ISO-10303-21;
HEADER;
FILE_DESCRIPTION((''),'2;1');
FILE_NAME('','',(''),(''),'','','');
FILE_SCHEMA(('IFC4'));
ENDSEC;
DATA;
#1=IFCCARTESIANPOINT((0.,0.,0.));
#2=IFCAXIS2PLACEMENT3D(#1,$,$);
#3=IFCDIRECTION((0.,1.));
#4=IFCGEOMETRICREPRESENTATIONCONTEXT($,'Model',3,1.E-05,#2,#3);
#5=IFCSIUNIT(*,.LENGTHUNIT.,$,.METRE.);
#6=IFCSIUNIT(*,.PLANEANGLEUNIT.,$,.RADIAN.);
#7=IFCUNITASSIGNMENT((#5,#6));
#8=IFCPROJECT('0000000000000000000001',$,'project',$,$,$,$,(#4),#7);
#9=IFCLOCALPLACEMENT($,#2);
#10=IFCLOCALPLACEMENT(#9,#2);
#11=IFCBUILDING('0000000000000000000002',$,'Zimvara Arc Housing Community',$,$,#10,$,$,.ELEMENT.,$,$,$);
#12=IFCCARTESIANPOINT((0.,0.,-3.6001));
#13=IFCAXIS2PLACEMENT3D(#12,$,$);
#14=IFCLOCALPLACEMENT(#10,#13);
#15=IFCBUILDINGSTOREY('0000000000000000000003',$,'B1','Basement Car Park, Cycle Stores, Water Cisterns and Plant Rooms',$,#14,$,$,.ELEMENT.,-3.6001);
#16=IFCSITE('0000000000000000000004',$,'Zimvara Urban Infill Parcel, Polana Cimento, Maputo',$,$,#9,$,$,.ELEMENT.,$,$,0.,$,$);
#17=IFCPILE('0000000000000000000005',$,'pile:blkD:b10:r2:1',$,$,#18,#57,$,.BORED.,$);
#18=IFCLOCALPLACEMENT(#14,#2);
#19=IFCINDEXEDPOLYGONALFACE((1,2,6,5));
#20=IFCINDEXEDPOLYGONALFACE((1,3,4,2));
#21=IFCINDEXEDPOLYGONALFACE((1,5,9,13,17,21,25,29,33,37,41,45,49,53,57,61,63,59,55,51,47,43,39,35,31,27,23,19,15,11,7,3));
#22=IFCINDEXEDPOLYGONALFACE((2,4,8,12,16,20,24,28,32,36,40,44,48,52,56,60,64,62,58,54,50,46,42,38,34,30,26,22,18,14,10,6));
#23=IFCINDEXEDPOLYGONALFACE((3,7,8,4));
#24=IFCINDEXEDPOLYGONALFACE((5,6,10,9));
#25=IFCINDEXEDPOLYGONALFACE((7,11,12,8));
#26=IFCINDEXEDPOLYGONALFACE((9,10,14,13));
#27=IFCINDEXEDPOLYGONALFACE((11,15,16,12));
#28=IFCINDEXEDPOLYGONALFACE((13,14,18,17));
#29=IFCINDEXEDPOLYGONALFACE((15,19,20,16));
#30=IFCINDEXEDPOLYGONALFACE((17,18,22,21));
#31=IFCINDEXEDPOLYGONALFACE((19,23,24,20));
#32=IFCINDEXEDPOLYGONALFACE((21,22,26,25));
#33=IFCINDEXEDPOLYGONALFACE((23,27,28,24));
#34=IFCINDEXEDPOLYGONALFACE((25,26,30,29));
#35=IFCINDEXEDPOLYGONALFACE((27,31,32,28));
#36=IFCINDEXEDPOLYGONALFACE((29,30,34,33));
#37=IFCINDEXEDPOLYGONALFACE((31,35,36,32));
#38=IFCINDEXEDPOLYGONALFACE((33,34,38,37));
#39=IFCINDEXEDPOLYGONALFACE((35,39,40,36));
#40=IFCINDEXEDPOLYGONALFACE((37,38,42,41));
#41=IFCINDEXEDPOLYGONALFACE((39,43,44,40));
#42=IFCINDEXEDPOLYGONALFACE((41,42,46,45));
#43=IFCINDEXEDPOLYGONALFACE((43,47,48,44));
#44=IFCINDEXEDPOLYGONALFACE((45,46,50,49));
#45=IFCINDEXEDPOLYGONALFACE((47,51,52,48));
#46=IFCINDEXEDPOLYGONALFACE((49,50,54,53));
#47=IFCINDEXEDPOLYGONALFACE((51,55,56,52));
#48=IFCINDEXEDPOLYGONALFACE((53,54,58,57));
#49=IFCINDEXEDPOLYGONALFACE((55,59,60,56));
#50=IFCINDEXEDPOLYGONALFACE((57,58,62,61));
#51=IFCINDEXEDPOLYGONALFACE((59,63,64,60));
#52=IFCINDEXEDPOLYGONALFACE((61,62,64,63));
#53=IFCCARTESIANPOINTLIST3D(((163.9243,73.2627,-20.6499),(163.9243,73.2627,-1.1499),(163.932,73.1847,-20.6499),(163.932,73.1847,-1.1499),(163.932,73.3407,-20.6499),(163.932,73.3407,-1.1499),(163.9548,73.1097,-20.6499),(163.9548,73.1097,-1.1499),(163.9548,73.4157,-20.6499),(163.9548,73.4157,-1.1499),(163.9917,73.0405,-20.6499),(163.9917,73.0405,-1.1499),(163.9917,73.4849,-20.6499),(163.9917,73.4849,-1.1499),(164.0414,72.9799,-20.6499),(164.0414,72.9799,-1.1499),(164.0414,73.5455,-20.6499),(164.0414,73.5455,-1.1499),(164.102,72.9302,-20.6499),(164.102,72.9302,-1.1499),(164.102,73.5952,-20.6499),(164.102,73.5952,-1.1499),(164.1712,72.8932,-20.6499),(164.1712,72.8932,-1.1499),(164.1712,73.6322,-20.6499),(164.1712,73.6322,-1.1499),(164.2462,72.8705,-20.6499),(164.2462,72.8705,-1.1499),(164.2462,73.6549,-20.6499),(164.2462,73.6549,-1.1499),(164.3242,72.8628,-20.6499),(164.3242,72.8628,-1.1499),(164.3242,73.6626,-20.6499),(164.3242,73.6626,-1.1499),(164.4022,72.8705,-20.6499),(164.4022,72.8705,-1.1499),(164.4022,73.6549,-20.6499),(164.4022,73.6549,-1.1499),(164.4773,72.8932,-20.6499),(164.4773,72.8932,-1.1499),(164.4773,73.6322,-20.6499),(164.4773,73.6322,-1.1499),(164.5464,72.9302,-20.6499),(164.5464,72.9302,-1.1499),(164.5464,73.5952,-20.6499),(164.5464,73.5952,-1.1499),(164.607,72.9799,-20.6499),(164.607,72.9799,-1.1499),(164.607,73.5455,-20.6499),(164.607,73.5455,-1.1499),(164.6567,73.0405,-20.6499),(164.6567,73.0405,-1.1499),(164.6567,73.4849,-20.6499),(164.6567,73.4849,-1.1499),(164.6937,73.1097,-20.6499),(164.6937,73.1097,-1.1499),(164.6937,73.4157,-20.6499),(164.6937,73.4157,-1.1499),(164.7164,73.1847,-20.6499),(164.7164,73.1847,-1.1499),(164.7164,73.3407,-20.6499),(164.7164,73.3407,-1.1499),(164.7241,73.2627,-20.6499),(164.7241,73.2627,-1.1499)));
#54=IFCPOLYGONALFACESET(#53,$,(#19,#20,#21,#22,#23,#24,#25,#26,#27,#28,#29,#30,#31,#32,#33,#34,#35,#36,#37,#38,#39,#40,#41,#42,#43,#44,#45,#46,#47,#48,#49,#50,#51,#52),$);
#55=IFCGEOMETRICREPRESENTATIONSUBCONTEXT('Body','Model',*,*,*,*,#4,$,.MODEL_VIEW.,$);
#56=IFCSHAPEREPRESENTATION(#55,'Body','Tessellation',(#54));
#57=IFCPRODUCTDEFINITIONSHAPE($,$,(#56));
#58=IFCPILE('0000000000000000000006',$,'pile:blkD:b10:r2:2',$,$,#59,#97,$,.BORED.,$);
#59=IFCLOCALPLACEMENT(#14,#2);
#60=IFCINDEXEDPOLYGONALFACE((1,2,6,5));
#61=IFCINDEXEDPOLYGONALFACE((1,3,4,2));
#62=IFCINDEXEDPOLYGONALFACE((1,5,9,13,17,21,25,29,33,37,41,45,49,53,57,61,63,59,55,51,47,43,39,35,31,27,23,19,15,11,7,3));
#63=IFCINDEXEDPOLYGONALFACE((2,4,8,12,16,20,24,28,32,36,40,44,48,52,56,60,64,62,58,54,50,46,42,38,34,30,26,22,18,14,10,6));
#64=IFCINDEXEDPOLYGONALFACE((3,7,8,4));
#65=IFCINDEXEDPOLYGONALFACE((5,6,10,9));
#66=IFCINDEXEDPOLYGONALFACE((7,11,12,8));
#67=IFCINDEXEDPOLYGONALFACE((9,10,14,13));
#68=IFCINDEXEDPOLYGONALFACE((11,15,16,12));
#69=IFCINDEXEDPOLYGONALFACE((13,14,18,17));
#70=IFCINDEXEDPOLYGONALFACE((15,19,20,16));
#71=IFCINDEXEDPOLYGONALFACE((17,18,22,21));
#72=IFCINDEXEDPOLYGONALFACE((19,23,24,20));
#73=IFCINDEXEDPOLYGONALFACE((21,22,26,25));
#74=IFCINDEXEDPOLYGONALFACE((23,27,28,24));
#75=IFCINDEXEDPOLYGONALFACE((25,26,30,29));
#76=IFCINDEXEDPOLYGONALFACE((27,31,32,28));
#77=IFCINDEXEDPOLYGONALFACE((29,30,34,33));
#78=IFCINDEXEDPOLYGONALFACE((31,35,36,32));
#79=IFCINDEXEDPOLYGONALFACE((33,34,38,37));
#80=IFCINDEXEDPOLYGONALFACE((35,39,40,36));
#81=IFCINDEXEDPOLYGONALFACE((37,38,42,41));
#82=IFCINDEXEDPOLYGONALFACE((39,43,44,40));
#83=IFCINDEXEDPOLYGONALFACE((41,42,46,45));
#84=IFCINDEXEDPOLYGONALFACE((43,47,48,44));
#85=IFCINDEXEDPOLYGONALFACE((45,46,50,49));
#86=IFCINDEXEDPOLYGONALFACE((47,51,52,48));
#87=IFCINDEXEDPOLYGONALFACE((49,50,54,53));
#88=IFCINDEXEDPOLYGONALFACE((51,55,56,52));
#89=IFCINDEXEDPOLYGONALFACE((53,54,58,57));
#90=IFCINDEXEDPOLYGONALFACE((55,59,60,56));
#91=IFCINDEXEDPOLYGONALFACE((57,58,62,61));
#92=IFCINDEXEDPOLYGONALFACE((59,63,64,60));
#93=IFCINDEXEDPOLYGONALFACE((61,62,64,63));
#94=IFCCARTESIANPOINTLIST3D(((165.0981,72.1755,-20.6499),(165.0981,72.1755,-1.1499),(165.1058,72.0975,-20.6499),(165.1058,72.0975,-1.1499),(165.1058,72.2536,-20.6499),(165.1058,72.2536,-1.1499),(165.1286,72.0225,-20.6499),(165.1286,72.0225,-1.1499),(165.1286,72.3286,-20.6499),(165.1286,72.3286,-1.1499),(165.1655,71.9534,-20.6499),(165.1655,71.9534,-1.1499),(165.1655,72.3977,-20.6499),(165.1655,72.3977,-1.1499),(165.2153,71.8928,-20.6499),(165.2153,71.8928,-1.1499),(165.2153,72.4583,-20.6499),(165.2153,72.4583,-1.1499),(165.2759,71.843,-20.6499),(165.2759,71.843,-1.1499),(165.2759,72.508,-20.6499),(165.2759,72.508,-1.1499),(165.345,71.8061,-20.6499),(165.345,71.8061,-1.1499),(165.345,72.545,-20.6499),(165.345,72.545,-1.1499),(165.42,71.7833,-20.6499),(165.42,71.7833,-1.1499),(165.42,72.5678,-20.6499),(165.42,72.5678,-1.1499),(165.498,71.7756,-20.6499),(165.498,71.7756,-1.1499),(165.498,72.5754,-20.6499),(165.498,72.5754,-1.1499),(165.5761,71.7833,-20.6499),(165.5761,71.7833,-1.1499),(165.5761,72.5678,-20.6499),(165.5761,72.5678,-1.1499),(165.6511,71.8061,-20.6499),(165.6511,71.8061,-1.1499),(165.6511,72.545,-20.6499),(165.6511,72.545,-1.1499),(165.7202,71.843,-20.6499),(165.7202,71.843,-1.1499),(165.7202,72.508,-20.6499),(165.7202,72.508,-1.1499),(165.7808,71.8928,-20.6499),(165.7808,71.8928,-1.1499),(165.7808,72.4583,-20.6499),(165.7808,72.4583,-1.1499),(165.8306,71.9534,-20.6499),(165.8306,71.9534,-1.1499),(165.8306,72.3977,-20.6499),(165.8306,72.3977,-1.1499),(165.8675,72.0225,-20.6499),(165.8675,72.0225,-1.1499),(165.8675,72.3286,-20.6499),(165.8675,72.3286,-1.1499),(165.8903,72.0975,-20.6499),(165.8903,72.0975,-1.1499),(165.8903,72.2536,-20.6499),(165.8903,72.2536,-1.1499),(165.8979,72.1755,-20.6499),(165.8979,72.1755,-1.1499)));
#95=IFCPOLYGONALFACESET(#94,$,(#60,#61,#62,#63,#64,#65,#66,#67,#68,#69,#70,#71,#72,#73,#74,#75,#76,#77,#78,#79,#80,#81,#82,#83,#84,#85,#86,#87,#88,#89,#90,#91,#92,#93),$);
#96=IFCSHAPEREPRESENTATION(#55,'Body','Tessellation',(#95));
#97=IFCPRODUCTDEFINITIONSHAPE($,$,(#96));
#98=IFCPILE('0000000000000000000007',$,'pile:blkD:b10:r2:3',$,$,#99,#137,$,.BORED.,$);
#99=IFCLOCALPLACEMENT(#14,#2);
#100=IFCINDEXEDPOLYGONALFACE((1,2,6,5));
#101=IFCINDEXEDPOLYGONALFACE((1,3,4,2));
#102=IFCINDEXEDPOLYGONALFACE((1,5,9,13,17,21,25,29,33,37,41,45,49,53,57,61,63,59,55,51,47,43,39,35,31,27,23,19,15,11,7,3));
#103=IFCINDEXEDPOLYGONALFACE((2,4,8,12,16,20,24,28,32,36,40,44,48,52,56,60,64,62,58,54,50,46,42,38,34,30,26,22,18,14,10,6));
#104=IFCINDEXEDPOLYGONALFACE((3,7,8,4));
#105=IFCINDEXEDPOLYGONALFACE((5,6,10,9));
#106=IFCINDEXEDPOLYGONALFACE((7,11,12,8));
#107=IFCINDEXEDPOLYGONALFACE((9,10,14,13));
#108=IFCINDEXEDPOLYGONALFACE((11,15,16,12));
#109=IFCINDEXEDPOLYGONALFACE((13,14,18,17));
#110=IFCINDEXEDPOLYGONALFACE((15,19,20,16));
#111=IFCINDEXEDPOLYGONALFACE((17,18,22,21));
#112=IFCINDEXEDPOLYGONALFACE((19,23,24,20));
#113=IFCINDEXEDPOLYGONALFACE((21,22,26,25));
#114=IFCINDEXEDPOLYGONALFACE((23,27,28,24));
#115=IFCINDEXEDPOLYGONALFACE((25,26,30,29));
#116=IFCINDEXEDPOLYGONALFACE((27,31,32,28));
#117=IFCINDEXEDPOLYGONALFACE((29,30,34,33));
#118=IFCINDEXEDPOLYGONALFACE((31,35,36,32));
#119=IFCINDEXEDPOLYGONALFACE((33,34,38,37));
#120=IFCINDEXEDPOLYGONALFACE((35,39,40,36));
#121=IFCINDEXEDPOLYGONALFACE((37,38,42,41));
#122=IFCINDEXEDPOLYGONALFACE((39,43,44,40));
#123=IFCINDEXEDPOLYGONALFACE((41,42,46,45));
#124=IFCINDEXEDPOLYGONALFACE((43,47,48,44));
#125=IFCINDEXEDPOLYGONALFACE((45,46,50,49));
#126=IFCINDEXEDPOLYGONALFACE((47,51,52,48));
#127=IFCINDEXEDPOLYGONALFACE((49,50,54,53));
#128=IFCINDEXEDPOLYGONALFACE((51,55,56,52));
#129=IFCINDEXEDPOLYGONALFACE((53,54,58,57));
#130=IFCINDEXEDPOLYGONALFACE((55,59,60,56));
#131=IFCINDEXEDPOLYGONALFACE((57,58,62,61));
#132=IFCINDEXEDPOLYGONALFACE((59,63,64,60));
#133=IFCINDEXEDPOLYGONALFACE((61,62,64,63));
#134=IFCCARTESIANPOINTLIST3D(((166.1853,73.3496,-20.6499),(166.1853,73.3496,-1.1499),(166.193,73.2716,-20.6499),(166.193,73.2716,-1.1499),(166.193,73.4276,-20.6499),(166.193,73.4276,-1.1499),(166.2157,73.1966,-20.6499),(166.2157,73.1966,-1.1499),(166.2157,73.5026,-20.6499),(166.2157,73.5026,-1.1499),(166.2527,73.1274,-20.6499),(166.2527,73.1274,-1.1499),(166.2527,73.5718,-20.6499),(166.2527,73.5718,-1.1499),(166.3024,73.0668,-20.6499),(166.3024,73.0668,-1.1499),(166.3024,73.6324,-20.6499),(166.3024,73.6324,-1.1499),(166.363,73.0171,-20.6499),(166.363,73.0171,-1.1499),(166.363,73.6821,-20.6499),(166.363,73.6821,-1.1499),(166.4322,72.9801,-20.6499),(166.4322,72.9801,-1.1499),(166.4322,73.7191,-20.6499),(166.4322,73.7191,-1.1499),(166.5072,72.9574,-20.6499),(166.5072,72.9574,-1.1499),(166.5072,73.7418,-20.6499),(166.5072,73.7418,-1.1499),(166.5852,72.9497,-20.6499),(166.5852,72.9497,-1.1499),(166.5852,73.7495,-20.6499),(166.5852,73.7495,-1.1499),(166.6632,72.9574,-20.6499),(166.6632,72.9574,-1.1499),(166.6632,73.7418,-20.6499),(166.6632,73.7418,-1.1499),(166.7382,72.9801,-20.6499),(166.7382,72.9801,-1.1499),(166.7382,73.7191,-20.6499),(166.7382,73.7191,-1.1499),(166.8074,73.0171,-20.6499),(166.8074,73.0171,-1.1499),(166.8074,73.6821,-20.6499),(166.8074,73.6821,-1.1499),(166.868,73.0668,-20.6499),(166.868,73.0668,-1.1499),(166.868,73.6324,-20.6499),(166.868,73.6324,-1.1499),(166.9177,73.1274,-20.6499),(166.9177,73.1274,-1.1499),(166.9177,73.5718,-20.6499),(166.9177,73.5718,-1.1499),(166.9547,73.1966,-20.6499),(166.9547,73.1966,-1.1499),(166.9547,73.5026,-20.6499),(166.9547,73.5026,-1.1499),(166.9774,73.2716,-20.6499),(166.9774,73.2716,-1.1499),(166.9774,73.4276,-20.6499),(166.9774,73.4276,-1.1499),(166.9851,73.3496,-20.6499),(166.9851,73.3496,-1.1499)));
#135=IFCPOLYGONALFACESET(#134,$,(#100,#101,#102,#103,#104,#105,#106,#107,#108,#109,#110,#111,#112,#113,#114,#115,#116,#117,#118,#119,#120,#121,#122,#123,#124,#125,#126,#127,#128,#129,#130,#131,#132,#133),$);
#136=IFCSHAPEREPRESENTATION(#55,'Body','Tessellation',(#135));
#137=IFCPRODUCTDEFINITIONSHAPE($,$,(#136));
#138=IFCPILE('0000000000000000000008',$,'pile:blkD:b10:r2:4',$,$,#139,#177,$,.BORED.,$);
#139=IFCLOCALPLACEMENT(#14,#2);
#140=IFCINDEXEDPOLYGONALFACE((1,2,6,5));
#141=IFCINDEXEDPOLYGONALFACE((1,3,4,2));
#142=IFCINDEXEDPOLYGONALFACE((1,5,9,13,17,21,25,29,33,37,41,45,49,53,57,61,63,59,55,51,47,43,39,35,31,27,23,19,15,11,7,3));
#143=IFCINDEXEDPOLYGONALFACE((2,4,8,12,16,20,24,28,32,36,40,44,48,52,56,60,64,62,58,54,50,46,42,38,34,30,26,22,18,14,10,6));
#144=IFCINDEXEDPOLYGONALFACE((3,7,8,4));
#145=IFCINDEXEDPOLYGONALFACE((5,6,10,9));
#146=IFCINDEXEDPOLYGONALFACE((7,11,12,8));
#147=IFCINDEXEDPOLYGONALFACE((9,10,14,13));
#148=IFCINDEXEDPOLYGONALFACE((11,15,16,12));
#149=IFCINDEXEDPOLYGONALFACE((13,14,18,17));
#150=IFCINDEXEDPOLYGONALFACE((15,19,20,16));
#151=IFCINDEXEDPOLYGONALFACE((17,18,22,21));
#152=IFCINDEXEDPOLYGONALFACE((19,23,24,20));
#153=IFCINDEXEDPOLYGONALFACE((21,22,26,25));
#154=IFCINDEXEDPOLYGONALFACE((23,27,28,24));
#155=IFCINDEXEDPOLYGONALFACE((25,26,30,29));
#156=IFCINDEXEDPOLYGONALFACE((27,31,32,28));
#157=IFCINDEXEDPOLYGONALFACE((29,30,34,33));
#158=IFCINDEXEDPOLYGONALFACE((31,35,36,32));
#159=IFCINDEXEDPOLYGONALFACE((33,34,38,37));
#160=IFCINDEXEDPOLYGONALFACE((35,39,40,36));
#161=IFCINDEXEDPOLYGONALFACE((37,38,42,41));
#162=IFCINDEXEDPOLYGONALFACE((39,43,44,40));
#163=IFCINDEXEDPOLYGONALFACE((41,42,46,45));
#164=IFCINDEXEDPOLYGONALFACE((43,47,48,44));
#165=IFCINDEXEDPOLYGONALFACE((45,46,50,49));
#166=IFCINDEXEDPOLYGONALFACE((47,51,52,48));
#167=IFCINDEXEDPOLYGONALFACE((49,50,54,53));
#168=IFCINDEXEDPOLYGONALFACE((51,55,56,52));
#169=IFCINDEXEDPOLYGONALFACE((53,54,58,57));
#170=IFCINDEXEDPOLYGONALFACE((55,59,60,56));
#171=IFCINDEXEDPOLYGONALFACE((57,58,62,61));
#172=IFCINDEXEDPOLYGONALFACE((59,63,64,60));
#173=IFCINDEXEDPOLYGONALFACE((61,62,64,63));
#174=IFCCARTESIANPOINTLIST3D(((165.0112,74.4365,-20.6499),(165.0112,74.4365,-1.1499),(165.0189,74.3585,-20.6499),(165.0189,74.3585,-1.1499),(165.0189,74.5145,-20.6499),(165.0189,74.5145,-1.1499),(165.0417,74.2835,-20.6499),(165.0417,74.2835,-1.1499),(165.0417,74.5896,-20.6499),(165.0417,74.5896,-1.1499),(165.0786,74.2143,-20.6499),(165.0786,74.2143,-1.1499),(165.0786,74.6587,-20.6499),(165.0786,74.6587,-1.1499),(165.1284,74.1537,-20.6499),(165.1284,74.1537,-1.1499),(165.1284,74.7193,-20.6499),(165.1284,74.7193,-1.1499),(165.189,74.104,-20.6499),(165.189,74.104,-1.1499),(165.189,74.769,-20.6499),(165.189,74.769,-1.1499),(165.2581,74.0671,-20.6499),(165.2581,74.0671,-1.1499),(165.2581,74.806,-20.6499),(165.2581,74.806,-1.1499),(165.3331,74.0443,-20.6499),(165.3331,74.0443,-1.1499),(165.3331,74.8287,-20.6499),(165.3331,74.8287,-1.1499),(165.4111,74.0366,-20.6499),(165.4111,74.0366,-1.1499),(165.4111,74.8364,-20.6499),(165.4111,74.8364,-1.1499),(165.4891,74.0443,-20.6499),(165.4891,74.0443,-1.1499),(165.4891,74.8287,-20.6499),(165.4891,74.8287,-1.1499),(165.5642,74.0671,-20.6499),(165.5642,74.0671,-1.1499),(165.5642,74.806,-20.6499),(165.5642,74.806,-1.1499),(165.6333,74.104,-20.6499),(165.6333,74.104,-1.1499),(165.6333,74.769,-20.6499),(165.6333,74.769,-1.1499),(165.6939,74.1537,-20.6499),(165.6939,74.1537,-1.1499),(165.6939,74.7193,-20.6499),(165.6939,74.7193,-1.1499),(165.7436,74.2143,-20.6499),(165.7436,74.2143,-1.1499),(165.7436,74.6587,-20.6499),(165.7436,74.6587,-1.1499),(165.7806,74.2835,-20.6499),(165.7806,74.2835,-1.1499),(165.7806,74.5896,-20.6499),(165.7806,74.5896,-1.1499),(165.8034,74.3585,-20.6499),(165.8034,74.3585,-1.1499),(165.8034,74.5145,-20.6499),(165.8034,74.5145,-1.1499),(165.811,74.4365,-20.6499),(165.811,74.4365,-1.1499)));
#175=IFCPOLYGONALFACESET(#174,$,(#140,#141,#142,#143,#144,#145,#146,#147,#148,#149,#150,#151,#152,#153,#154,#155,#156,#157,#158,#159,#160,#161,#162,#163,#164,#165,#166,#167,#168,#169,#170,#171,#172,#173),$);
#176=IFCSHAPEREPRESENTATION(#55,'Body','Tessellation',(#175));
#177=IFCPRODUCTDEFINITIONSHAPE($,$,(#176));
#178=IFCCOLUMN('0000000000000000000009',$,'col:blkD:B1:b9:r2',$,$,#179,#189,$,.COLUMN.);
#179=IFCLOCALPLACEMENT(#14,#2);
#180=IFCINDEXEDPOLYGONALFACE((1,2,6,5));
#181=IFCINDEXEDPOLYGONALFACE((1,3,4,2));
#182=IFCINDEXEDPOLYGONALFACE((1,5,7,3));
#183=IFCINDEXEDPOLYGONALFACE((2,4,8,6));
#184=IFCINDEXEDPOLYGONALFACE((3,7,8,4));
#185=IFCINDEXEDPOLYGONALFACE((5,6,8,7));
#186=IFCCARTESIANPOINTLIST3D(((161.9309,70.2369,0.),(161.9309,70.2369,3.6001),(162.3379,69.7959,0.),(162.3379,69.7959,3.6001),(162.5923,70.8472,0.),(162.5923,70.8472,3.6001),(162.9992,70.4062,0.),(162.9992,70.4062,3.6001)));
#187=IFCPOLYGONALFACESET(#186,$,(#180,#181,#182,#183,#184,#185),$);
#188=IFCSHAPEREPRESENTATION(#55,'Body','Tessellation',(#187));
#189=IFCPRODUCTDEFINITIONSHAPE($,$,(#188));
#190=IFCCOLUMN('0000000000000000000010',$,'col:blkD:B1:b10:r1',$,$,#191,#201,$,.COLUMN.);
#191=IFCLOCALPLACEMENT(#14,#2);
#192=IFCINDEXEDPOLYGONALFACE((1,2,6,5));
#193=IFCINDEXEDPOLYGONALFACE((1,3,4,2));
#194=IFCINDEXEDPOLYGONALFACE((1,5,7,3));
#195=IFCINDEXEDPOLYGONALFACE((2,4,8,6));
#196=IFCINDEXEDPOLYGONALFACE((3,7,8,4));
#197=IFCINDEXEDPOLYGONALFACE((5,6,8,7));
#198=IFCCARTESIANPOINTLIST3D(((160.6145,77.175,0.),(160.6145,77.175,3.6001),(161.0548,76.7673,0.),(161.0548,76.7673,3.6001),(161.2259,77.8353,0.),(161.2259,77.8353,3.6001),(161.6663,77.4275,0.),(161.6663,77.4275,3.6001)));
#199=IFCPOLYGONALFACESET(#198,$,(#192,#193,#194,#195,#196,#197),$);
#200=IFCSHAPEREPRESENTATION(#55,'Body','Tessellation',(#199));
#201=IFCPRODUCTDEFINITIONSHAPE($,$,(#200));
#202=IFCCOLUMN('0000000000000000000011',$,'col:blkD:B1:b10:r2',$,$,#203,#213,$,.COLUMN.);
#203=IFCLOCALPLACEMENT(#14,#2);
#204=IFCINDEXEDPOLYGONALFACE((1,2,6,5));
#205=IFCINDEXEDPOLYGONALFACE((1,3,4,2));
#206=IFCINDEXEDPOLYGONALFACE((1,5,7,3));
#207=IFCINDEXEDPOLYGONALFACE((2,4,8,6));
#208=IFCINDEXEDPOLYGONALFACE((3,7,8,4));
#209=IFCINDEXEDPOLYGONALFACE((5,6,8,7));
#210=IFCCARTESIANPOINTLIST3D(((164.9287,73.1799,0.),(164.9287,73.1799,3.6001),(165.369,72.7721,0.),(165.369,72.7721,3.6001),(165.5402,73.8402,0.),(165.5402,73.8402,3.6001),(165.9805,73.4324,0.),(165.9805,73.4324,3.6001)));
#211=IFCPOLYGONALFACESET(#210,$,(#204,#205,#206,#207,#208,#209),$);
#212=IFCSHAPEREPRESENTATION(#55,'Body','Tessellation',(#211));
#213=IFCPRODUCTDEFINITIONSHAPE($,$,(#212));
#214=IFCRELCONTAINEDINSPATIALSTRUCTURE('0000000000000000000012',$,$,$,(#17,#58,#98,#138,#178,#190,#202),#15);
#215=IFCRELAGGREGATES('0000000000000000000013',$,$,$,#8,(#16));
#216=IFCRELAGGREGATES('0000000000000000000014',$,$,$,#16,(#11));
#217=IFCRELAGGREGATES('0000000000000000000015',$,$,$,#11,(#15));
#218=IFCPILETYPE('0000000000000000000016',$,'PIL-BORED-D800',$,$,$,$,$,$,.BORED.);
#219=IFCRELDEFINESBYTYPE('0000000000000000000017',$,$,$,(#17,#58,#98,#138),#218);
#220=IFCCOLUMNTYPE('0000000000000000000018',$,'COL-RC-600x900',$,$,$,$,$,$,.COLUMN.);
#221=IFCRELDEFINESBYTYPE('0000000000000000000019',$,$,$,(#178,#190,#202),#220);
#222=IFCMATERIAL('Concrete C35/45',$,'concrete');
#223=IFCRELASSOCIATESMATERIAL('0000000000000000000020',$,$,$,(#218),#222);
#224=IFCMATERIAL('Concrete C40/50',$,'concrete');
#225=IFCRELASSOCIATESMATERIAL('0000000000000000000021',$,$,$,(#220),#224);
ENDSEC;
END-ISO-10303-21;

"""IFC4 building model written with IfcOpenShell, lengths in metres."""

from ifc_helpers import new_model, si_unit, direction, frame, origin, origin_2d, place, context, subcontext, project, spatial, rectangle, circle, extrude, material, material_profile, profile_set, type_object, element, save


model = new_model("IFC4")

# Units and contexts
model_context = context("Model", 3, precision=1e-05, world=origin(), true_north=direction((0.0, 1.0)))
body_context = subcontext(model_context, "Body", "Model", "MODEL_VIEW")
ifc_project = project(units=[si_unit("LENGTHUNIT", "METRE"), si_unit("PLANEANGLEUNIT", "RADIAN")], contexts=[model_context])

# Site, building, storey
site_placement = place(None, origin())
site = spatial("IfcSite", under=ifc_project, at=site_placement, Name="Zimvara Urban Infill Parcel, Polana Cimento, Maputo", CompositionType="ELEMENT", RefElevation=0.0)
building_placement = place(site_placement, origin())
building = spatial("IfcBuilding", under=site, at=building_placement, Name="Zimvara Arc Housing Community", CompositionType="ELEMENT")
storey_placement = place(building_placement, frame((0.0, 0.0, -3.6001)))
storey = spatial("IfcBuildingStorey", under=building, at=storey_placement, Name="B1", Description="Basement Car Park, Cycle Stores, Water Cisterns and Plant Rooms", CompositionType="ELEMENT", Elevation=-3.6001)

# Piles
ifc_material_1 = material(Name="Concrete C35/45", Category="concrete")
ifc_material_profile_1 = material_profile(ifc_material_1, circle(Radius=0.3999, at=origin_2d()), Name="PILE D800")
ifc_profile_set_1 = profile_set([ifc_material_profile_1], Name="Concrete C35/45")
pile_type_1 = type_object("IfcPileType", Name="PIL-BORED-D800", PredefinedType="BORED", material=ifc_profile_set_1)
for number, where, z_axis, x_axis, name in (
    (1, (164.3242, 73.2627, -1.1499), (0.0, 0.0, -1.0), (1.0, 0.0, 0.0), "pile:blkD:b10:r2:1"),
    (2, (165.498, 72.1755, -1.1499), (0.0, 0.0, -1.0), (1.0, 0.0, 0.0), "pile:blkD:b10:r2:2"),
    (3, (166.5852, 73.3496, -1.1499), (0.0, 0.0, -1.0), (1.0, 0.0, 0.0), "pile:blkD:b10:r2:3"),
    (4, (165.4111, 74.4365, -1.1499), (0.0, 0.0, -1.0), (1.0, 0.0, 0.0), "pile:blkD:b10:r2:4"),
):
    element("IfcPile", number, at=place(storey_placement, frame(where, z_axis=z_axis, x_axis=x_axis)), inside=storey, type_object=pile_type_1, Name=name, PredefinedType="BORED", context=body_context, shape_type="SweptSolid", body=[
        extrude(circle(Radius=0.3999, at=origin_2d()), origin(), (0.0, 0.0, 1.0), 19.5),
    ])

# Columns
ifc_material_2 = material(Name="Concrete C40/50", Category="concrete")
ifc_material_profile_2 = material_profile(ifc_material_2, rectangle(XDim=0.6001, YDim=0.8999, at=origin_2d()), Name="RC 600x900")
ifc_profile_set_2 = profile_set([ifc_material_profile_2], Name="Concrete C40/50")
column_type = type_object("IfcColumnType", Name="COL-RC-600x900", PredefinedType="COLUMN", material=ifc_profile_set_2)
for number, where, z_axis, x_axis, name in (
    (5, (162.4651, 70.3215, 0.0), (0.0, 0.0, 1.0), (0.67816, -0.734915, 0.0), "col:blkD:B1:b9:r2"),
    (6, (161.1404, 77.3013, 0.0), (0.0, 0.0, 1.0), (0.73373, -0.679441, 0.0), "col:blkD:B1:b10:r1"),
    (7, (165.4546, 73.3062, 0.0), (0.0, 0.0, 1.0), (0.73373, -0.679441, 0.0), "col:blkD:B1:b10:r2"),
):
    element("IfcColumn", number, at=place(storey_placement, frame(where, z_axis=z_axis, x_axis=x_axis)), inside=storey, type_object=column_type, Name=name, PredefinedType="COLUMN", context=body_context, shape_type="SweptSolid", body=[
        extrude(rectangle(XDim=0.6001, YDim=0.8999, at=origin_2d()), origin(), (0.0, 0.0, 1.0), 3.6001),
    ])

save(model, "model.ifc")
